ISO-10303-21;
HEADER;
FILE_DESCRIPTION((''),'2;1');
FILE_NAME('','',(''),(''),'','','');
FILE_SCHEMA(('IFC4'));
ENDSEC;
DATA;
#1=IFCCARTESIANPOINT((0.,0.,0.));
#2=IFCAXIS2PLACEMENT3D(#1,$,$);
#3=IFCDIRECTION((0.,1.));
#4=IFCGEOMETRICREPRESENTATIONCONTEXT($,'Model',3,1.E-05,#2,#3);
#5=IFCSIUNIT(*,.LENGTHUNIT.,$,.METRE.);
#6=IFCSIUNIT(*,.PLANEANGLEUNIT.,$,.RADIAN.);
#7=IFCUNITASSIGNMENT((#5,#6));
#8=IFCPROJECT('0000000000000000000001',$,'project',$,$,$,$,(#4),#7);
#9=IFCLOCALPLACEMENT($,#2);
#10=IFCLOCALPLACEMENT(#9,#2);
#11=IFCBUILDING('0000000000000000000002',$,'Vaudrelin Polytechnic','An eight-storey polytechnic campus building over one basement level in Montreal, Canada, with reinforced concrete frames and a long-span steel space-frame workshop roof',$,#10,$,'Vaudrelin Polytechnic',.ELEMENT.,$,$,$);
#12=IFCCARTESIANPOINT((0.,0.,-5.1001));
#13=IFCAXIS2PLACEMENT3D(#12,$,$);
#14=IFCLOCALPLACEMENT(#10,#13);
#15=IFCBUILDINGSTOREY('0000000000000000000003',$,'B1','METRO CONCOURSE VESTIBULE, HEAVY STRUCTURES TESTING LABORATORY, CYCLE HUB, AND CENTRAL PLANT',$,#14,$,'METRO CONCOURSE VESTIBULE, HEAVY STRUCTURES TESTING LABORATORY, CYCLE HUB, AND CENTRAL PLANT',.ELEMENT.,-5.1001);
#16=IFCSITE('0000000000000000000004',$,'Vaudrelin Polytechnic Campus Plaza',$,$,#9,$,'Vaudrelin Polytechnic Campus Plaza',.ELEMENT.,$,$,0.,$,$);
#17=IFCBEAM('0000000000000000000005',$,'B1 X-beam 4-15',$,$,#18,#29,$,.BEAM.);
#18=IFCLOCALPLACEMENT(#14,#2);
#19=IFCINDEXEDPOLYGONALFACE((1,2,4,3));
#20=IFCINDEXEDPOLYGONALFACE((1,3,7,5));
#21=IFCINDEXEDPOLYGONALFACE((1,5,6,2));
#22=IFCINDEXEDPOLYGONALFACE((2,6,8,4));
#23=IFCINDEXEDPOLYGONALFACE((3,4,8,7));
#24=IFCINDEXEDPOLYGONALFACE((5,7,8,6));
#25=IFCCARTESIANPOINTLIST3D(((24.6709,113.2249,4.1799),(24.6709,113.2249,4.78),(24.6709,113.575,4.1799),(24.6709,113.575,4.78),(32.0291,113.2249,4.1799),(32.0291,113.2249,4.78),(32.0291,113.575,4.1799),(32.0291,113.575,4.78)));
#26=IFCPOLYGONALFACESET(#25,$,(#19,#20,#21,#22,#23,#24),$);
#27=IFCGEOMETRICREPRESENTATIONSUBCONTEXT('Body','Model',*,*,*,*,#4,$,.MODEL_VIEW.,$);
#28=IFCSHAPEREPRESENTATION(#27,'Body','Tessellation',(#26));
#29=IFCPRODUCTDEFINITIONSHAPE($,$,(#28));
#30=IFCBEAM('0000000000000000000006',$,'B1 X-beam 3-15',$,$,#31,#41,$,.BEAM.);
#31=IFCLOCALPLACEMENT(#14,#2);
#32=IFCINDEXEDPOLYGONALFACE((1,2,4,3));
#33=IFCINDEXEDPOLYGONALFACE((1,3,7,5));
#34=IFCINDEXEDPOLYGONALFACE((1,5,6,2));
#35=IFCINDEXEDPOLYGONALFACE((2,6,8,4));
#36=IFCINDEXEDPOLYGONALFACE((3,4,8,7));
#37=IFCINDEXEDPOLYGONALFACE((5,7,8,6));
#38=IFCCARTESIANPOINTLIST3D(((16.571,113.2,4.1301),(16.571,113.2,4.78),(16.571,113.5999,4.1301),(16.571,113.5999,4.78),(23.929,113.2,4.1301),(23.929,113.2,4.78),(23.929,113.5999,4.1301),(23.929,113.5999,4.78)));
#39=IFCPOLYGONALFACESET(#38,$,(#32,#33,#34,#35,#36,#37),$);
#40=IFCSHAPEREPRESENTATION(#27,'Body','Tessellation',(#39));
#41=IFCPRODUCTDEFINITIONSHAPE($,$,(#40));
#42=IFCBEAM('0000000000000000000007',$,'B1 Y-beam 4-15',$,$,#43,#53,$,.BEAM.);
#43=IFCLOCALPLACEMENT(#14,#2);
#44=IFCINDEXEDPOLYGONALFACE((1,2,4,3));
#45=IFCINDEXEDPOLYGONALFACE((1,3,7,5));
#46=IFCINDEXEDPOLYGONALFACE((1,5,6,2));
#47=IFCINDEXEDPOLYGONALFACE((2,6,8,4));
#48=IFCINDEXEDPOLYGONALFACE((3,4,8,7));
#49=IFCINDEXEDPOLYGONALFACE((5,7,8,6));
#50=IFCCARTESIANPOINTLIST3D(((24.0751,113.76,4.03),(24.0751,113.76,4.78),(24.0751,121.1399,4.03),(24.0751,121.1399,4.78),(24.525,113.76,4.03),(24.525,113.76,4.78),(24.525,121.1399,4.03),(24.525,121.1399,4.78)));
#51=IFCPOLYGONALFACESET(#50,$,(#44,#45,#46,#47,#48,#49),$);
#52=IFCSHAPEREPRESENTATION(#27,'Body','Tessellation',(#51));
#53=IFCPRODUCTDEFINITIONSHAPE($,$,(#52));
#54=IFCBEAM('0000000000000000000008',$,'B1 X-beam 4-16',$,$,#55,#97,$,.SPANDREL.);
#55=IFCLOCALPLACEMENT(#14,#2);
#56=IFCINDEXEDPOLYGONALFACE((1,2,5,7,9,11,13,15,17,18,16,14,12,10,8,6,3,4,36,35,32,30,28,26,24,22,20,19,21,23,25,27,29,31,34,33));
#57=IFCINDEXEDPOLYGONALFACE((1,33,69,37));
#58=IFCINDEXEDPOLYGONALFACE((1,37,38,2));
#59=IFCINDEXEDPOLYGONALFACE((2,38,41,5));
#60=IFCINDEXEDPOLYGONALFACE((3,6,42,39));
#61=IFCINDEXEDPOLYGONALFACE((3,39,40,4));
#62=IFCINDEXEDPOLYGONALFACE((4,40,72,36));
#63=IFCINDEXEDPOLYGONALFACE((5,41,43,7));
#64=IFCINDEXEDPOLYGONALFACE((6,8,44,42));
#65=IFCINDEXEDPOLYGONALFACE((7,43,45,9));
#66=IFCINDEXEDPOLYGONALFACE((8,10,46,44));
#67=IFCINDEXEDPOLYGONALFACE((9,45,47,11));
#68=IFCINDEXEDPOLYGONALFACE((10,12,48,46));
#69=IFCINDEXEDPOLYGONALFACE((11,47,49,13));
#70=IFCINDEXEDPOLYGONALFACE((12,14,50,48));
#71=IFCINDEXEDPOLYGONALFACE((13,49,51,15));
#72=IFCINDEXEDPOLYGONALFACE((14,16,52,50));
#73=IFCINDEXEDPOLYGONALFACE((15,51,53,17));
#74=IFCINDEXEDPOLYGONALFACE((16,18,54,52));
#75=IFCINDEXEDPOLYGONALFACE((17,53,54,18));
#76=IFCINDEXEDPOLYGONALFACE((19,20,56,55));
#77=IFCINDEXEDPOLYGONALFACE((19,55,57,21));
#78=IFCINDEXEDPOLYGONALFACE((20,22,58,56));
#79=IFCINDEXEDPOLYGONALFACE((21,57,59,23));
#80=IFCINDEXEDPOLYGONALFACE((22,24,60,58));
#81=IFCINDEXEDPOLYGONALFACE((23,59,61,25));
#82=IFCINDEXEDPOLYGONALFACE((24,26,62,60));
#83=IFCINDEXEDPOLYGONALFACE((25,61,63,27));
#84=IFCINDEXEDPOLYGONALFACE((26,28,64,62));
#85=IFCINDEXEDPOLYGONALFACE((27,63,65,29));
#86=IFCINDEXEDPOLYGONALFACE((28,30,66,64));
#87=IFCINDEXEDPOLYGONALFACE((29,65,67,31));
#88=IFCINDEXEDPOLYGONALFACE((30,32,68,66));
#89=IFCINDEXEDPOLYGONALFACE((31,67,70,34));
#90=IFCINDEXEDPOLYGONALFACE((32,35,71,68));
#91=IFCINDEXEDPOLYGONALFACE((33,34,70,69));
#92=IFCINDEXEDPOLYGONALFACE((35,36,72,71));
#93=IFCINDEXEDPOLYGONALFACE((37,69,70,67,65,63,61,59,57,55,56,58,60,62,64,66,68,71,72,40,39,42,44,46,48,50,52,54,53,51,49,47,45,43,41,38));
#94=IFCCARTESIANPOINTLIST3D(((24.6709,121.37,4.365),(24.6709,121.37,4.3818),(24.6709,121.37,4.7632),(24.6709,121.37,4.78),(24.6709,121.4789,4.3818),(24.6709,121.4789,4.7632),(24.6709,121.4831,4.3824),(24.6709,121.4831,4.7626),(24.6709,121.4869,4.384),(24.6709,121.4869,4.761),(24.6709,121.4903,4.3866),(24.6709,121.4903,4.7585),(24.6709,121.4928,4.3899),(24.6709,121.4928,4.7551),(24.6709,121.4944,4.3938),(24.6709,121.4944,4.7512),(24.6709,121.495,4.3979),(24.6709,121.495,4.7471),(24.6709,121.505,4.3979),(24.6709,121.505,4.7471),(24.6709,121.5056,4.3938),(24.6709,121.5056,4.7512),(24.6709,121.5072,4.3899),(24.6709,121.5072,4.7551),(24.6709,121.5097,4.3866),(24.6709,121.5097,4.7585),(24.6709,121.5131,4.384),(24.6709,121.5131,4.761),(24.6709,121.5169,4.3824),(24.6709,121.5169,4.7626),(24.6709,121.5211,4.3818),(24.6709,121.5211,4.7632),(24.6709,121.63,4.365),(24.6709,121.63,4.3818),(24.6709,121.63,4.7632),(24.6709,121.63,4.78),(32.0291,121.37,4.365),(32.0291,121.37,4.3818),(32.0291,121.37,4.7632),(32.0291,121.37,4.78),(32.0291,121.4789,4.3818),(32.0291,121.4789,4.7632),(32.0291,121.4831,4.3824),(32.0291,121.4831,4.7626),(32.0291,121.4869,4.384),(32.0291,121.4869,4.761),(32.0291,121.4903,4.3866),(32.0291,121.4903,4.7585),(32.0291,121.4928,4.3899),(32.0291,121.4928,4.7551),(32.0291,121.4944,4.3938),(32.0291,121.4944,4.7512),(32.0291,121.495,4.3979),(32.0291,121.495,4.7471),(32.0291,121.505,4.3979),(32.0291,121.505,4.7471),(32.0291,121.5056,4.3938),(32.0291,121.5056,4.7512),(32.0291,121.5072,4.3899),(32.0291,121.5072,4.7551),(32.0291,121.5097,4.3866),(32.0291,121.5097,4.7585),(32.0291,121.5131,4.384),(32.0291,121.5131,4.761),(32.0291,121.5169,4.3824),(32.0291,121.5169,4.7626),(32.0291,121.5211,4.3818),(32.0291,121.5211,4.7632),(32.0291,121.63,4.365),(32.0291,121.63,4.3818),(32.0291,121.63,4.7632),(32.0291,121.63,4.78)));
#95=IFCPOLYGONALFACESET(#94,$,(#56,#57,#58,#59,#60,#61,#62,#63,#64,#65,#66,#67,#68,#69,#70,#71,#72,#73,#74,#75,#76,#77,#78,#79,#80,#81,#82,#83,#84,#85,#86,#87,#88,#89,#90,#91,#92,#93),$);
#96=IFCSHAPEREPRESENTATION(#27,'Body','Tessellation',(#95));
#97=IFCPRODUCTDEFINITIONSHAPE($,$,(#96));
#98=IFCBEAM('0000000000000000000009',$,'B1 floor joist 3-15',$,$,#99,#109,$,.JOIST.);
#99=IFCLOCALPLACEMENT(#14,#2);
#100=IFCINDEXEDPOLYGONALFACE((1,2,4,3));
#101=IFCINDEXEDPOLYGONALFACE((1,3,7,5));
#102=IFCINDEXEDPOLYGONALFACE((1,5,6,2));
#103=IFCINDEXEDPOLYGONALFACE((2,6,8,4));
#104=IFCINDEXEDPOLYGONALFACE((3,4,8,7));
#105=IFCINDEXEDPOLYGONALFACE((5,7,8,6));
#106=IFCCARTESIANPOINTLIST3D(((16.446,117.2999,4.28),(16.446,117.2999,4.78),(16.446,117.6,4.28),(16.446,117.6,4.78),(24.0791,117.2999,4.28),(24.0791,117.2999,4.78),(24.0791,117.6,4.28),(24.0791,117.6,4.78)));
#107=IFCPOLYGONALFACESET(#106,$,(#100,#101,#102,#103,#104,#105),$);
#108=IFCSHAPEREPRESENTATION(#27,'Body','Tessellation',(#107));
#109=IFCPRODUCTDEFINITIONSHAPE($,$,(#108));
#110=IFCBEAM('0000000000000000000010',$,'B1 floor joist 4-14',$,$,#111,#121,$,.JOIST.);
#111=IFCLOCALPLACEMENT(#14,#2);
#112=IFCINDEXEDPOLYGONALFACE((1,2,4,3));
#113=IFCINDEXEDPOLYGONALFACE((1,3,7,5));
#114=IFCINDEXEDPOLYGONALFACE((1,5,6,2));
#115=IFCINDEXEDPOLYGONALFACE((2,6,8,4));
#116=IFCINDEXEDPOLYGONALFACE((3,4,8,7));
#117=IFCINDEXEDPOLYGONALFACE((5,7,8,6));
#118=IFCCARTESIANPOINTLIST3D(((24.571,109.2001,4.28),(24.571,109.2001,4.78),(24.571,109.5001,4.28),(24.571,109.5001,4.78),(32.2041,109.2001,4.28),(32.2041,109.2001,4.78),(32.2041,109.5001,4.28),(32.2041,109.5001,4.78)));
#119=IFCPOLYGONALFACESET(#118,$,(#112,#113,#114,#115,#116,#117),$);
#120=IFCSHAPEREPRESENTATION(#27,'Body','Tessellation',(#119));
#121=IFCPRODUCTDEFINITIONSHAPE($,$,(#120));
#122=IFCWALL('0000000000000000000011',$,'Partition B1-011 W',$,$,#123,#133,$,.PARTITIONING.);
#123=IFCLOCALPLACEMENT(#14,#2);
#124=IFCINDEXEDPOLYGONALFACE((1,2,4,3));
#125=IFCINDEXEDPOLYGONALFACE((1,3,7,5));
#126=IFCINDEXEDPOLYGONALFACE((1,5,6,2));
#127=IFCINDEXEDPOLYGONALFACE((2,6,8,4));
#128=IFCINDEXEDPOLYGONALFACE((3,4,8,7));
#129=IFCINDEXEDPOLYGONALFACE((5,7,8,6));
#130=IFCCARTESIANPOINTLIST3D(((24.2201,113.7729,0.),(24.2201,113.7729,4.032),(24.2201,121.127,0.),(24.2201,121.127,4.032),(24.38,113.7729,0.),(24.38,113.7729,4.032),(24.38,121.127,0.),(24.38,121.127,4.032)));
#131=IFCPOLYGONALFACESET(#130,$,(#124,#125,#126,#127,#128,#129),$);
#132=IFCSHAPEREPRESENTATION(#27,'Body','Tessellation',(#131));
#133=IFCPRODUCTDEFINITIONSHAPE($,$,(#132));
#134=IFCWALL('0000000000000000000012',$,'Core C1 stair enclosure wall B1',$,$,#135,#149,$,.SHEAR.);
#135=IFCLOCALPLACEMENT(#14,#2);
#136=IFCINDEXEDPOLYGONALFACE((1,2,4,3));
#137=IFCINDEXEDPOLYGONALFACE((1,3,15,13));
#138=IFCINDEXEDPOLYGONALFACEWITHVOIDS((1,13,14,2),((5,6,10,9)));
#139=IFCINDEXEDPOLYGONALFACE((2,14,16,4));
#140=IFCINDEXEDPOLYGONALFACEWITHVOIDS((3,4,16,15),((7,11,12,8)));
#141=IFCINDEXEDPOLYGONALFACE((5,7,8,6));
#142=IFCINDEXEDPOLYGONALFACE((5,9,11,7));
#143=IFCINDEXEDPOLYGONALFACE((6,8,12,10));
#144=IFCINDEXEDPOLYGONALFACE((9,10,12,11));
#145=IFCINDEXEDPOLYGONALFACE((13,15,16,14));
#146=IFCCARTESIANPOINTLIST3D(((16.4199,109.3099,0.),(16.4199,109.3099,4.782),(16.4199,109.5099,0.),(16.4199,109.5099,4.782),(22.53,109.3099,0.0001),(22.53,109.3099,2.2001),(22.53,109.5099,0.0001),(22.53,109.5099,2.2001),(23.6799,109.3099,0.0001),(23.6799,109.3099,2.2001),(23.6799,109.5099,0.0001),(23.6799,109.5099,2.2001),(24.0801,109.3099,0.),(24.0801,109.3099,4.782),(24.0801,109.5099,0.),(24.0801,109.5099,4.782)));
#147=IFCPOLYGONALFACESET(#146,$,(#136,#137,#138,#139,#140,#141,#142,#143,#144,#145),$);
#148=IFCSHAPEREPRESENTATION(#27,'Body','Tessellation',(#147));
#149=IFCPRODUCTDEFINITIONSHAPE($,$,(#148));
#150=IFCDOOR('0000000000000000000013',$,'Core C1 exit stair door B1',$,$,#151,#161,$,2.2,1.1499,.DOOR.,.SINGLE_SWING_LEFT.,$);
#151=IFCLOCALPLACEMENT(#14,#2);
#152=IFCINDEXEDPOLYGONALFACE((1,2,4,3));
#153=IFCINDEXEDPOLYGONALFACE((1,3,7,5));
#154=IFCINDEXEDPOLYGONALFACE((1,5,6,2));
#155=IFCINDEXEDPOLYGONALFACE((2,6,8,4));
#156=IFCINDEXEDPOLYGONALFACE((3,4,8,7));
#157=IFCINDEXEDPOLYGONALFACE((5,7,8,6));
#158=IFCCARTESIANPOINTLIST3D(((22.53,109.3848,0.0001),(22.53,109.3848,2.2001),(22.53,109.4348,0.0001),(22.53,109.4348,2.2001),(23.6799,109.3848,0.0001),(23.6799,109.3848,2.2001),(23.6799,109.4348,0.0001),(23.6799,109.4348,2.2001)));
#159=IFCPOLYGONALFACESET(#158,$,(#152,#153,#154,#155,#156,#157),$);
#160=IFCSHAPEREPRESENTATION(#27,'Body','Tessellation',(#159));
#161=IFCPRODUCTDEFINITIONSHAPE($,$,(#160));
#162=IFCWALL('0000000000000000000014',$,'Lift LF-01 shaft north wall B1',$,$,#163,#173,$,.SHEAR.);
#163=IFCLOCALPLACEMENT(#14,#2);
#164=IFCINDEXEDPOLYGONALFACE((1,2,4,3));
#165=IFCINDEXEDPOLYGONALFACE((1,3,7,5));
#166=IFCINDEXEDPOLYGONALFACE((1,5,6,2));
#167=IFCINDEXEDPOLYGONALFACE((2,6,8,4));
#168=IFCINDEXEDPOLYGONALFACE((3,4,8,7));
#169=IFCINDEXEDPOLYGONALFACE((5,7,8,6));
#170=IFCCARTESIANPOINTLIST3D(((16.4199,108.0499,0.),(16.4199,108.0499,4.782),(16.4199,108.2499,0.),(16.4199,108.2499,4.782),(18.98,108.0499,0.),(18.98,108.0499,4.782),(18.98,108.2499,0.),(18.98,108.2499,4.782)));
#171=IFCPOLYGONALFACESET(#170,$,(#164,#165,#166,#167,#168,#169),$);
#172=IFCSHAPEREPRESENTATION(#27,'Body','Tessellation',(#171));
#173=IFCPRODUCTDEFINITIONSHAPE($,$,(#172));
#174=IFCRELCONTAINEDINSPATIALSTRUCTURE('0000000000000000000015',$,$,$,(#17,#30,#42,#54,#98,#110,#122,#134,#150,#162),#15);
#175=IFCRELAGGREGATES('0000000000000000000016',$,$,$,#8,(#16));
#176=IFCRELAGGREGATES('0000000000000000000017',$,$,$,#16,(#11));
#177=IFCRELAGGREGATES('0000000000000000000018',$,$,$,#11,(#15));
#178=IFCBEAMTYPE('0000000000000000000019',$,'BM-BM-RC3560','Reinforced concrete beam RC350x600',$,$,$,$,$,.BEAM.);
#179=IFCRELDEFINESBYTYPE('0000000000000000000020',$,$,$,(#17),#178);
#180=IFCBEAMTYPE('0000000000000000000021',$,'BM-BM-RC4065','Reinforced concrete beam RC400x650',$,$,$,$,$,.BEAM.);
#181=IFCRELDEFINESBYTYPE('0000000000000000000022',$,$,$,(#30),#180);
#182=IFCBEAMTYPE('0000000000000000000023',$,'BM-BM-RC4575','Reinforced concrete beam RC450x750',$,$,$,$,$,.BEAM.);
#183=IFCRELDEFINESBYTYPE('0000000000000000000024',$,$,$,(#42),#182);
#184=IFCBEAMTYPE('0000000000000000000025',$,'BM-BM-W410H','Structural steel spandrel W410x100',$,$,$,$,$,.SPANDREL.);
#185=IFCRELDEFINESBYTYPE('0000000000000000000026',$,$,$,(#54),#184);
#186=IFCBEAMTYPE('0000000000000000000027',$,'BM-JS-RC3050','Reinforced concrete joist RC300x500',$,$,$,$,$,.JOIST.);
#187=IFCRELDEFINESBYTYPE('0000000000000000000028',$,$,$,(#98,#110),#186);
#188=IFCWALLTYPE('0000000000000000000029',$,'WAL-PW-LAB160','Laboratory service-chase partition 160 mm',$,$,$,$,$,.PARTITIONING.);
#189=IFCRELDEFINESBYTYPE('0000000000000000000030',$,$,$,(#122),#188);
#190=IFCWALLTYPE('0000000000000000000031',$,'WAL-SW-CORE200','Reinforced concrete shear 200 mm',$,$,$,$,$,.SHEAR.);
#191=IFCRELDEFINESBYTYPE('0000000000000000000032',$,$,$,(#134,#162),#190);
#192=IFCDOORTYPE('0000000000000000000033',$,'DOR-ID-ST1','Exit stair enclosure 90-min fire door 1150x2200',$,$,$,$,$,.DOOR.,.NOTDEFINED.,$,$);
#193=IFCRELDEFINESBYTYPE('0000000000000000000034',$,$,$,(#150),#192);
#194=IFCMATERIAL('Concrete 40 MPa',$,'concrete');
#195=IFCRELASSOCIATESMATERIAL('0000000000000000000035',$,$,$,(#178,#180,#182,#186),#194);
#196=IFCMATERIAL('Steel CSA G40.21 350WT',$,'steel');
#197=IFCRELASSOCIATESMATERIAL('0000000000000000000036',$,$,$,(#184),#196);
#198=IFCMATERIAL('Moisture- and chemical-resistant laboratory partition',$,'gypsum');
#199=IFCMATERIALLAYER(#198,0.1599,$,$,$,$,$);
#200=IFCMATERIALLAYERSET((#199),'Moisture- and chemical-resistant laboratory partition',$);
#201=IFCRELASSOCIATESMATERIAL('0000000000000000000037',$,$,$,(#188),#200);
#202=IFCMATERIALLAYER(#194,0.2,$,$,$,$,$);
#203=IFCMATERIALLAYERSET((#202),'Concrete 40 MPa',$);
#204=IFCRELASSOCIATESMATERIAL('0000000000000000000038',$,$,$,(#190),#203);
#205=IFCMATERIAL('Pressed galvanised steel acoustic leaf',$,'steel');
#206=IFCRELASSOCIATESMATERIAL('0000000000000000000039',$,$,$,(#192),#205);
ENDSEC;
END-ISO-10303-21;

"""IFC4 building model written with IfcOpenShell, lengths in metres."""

from ifc_helpers import new_model, si_unit, direction, frame, frame_2d, origin, origin_2d, place, context, subcontext, project, spatial, rectangle, i_section, extrude, material, layer, layer_set, material_profile, profile_set, type_object, element, fill, save


model = new_model("IFC4")

# Units and contexts
model_context = context("Model", 3, precision=1e-05, world=origin(), true_north=direction((0.0, 1.0)))
body_context = subcontext(model_context, "Body", "Model", "MODEL_VIEW")
ifc_project = project(units=[si_unit("LENGTHUNIT", "METRE"), si_unit("PLANEANGLEUNIT", "RADIAN")], contexts=[model_context])

# Site, building, storey
site_placement = place(None, origin())
site = spatial("IfcSite", under=ifc_project, at=site_placement, Name="Vaudrelin Polytechnic Campus Plaza", LongName="Vaudrelin Polytechnic Campus Plaza", CompositionType="ELEMENT", RefElevation=0.0)
building_placement = place(site_placement, origin())
building = spatial("IfcBuilding", under=site, at=building_placement, Name="Vaudrelin Polytechnic", Description="An eight-storey polytechnic campus building over one basement level in Montreal, Canada, with reinforced concrete frames and a long-span steel space-frame workshop roof", LongName="Vaudrelin Polytechnic", CompositionType="ELEMENT")
storey_placement = place(building_placement, frame((0.0, 0.0, -5.1001)))
storey = spatial("IfcBuildingStorey", under=building, at=storey_placement, Name="B1", Description="METRO CONCOURSE VESTIBULE, HEAVY STRUCTURES TESTING LABORATORY, CYCLE HUB, AND CENTRAL PLANT", LongName="METRO CONCOURSE VESTIBULE, HEAVY STRUCTURES TESTING LABORATORY, CYCLE HUB, AND CENTRAL PLANT", CompositionType="ELEMENT", Elevation=-5.1001)

# Shared definitions
ifc_material_1 = material(Name="Concrete 40 MPa", Category="concrete")

# Beams
ifc_material_profile_1 = material_profile(ifc_material_1, rectangle(XDim=0.3501, YDim=0.6001, at=origin_2d()), Name="RC350x600")
ifc_profile_set_1 = profile_set([ifc_material_profile_1], Name="Concrete 40 MPa")
beam_type_1 = type_object("IfcBeamType", Name="BM-BM-RC3560", Description="Reinforced concrete beam RC350x600", PredefinedType="BEAM", material=ifc_profile_set_1)
beam_1_placement = place(storey_placement, frame((24.6709, 113.3999, 4.48), z_axis=(1.0, 0.0, 0.0), x_axis=(0.0, 1.0, 0.0)))
element("IfcBeam", 1, at=beam_1_placement, inside=storey, type_object=beam_type_1, Name="B1 X-beam 4-15", PredefinedType="BEAM", context=body_context, shape_type="SweptSolid", body=[
    extrude(rectangle(XDim=0.3501, YDim=0.6001, at=origin_2d()), origin(), (0.0, 0.0, 1.0), 7.3582),
])
ifc_material_profile_2 = material_profile(ifc_material_1, rectangle(XDim=0.3999, YDim=0.6499, at=origin_2d()), Name="RC400x650")
ifc_profile_set_2 = profile_set([ifc_material_profile_2], Name="Concrete 40 MPa")
beam_type_2 = type_object("IfcBeamType", Name="BM-BM-RC4065", Description="Reinforced concrete beam RC400x650", PredefinedType="BEAM", material=ifc_profile_set_2)
beam_2_placement = place(storey_placement, frame((16.571, 113.3999, 4.4551), z_axis=(1.0, 0.0, 0.0), x_axis=(0.0, 1.0, 0.0)))
element("IfcBeam", 2, at=beam_2_placement, inside=storey, type_object=beam_type_2, Name="B1 X-beam 3-15", PredefinedType="BEAM", context=body_context, shape_type="SweptSolid", body=[
    extrude(rectangle(XDim=0.3999, YDim=0.6499, at=origin_2d()), origin(), (0.0, 0.0, 1.0), 7.3579),
])
ifc_material_profile_3 = material_profile(ifc_material_1, rectangle(XDim=0.45, YDim=0.75, at=origin_2d()), Name="RC450x750")
ifc_profile_set_3 = profile_set([ifc_material_profile_3], Name="Concrete 40 MPa")
beam_type_3 = type_object("IfcBeamType", Name="BM-BM-RC4575", Description="Reinforced concrete beam RC450x750", PredefinedType="BEAM", material=ifc_profile_set_3)
beam_3_placement = place(storey_placement, frame((24.3, 113.76, 4.405), z_axis=(0.0, 1.0, 0.0), x_axis=(-1.0, 0.0, 0.0)))
element("IfcBeam", 3, at=beam_3_placement, inside=storey, type_object=beam_type_3, Name="B1 Y-beam 4-15", PredefinedType="BEAM", context=body_context, shape_type="SweptSolid", body=[
    extrude(rectangle(XDim=0.45, YDim=0.75, at=origin_2d()), origin(), (0.0, 0.0, 1.0), 7.3799),
])
ifc_material_2 = material(Name="Steel CSA G40.21 350WT", Category="steel")
ifc_material_profile_4 = material_profile(ifc_material_2, i_section(OverallWidth=0.26, OverallDepth=0.415, WebThickness=0.01, FlangeThickness=0.0168, FilletRadius=0.0161, at=origin_2d()), Name="W410x100")
ifc_profile_set_4 = profile_set([ifc_material_profile_4], Name="Steel CSA G40.21 350WT")
beam_type_4 = type_object("IfcBeamType", Name="BM-BM-W410H", Description="Structural steel spandrel W410x100", PredefinedType="SPANDREL", material=ifc_profile_set_4)
beam_4_placement = place(storey_placement, frame((24.6709, 121.5, 4.5725), z_axis=(1.0, 0.0, 0.0), x_axis=(0.0, 1.0, 0.0)))
element("IfcBeam", 4, at=beam_4_placement, inside=storey, type_object=beam_type_4, Name="B1 X-beam 4-16", PredefinedType="SPANDREL", context=body_context, shape_type="SweptSolid", body=[
    extrude(i_section(OverallWidth=0.26, OverallDepth=0.415, WebThickness=0.01, FlangeThickness=0.0168, FilletRadius=0.0161, at=origin_2d()), origin(), (0.0, 0.0, 1.0), 7.3582),
])
ifc_material_profile_5 = material_profile(ifc_material_1, rectangle(XDim=0.3, YDim=0.5, at=origin_2d()), Name="RC300x500")
ifc_profile_set_5 = profile_set([ifc_material_profile_5], Name="Concrete 40 MPa")
beam_type_5 = type_object("IfcBeamType", Name="BM-JS-RC3050", Description="Reinforced concrete joist RC300x500", PredefinedType="JOIST", material=ifc_profile_set_5)
for number, where, z_axis, x_axis, name in (
    (5, (16.446, 117.45, 4.53), (1.0, 0.0, 0.0), (0.0, 1.0, 0.0), "B1 floor joist 3-15"),
    (6, (24.571, 109.3501, 4.53), (1.0, 0.0, 0.0), (0.0, 1.0, 0.0), "B1 floor joist 4-14"),
):
    element("IfcBeam", number, at=place(storey_placement, frame(where, z_axis=z_axis, x_axis=x_axis)), inside=storey, type_object=beam_type_5, Name=name, PredefinedType="JOIST", context=body_context, shape_type="SweptSolid", body=[
        extrude(rectangle(XDim=0.3, YDim=0.5, at=origin_2d()), origin(), (0.0, 0.0, 1.0), 7.6331),
    ])

# Shared definitions
ifc_material_3 = material(Name="Pressed galvanised steel acoustic leaf", Category="steel")

# Wall
ifc_material_4 = material(Name="Moisture- and chemical-resistant laboratory partition", Category="gypsum")
ifc_layer_1 = layer(ifc_material_4, 0.1599)
ifc_layer_set_1 = layer_set([ifc_layer_1], Name="Moisture- and chemical-resistant laboratory partition")
wall_type_1 = type_object("IfcWallType", Name="WAL-PW-LAB160", Description="Laboratory service-chase partition 160 mm", PredefinedType="PARTITIONING", material=ifc_layer_set_1)
wall_1_placement = place(storey_placement, frame((24.3, 113.7729, 0.0), z_axis=(0.0, 0.0, 1.0), x_axis=(0.0, 1.0, 0.0)))
element("IfcWall", 7, at=wall_1_placement, inside=storey, type_object=wall_type_1, Name="Partition B1-011 W", PredefinedType="PARTITIONING", context=body_context, shape_type="SweptSolid", body=[
    extrude(rectangle(XDim=7.354, YDim=0.1599, at=frame_2d((3.677, 0.0))), origin(), (0.0, 0.0, 1.0), 4.032),
])

# Wall, opening, door
ifc_layer_2 = layer(ifc_material_1, 0.2)
ifc_layer_set_2 = layer_set([ifc_layer_2], Name="Concrete 40 MPa")
wall_type_2 = type_object("IfcWallType", Name="WAL-SW-CORE200", Description="Reinforced concrete shear 200 mm", PredefinedType="SHEAR", material=ifc_layer_set_2)
wall_2_placement = place(storey_placement, frame((16.4199, 109.4099, 0.0), z_axis=(0.0, 0.0, 1.0), x_axis=(1.0, 0.0, 0.0)))
wall_2 = element("IfcWall", 8, at=wall_2_placement, inside=storey, type_object=wall_type_2, Name="Core C1 stair enclosure wall B1", PredefinedType="SHEAR", context=body_context, shape_type="SweptSolid", body=[
    extrude(rectangle(XDim=7.6602, YDim=0.2, at=frame_2d((3.8301, 0.0))), origin(), (0.0, 0.0, 1.0), 4.782),
])
opening_1_placement = place(wall_2_placement, frame((6.1101, 0.0, 0.0)))
opening_1 = element("IfcOpeningElement", 9, at=opening_1_placement, cuts=wall_2, PredefinedType="OPENING", context=body_context, shape_type="SweptSolid", body=[
    extrude(rectangle(XDim=1.1499, YDim=2.2, at=frame_2d((0.575, 1.1001))), frame((0.0, 0.1099, 0.0), z_axis=(0.0, -1.0, 0.0), x_axis=(1.0, 0.0, 0.0)), (0.0, 0.0, 1.0), 0.22),
])
door_type_1 = type_object("IfcDoorType", Name="DOR-ID-ST1", Description="Exit stair enclosure 90-min fire door 1150x2200", OperationType="NOTDEFINED", PredefinedType="DOOR", material=ifc_material_3)
door_1_placement = place(opening_1_placement, origin())
door_1 = element("IfcDoor", 10, at=door_1_placement, inside=storey, type_object=door_type_1, Name="Core C1 exit stair door B1", OperationType="SINGLE_SWING_LEFT", OverallHeight=2.2, OverallWidth=1.1499, PredefinedType="DOOR", context=body_context, shape_type="SweptSolid", body=[
    extrude(rectangle(XDim=1.1499, YDim=2.2, at=frame_2d((0.575, 1.1001))), frame((0.0, 0.0249, 0.0), z_axis=(0.0, -1.0, 0.0), x_axis=(1.0, 0.0, 0.0)), (0.0, 0.0, 1.0), 0.05),
])
fill(opening_1, door_1)

# Wall
wall_3_placement = place(storey_placement, frame((16.4199, 108.1499, 0.0), z_axis=(0.0, 0.0, 1.0), x_axis=(1.0, 0.0, 0.0)))
element("IfcWall", 11, at=wall_3_placement, inside=storey, type_object=wall_type_2, Name="Lift LF-01 shaft north wall B1", PredefinedType="SHEAR", context=body_context, shape_type="SweptSolid", body=[
    extrude(rectangle(XDim=2.5601, YDim=0.2, at=frame_2d((1.28, 0.0))), origin(), (0.0, 0.0, 1.0), 4.782),
])

save(model, "model.ifc")
